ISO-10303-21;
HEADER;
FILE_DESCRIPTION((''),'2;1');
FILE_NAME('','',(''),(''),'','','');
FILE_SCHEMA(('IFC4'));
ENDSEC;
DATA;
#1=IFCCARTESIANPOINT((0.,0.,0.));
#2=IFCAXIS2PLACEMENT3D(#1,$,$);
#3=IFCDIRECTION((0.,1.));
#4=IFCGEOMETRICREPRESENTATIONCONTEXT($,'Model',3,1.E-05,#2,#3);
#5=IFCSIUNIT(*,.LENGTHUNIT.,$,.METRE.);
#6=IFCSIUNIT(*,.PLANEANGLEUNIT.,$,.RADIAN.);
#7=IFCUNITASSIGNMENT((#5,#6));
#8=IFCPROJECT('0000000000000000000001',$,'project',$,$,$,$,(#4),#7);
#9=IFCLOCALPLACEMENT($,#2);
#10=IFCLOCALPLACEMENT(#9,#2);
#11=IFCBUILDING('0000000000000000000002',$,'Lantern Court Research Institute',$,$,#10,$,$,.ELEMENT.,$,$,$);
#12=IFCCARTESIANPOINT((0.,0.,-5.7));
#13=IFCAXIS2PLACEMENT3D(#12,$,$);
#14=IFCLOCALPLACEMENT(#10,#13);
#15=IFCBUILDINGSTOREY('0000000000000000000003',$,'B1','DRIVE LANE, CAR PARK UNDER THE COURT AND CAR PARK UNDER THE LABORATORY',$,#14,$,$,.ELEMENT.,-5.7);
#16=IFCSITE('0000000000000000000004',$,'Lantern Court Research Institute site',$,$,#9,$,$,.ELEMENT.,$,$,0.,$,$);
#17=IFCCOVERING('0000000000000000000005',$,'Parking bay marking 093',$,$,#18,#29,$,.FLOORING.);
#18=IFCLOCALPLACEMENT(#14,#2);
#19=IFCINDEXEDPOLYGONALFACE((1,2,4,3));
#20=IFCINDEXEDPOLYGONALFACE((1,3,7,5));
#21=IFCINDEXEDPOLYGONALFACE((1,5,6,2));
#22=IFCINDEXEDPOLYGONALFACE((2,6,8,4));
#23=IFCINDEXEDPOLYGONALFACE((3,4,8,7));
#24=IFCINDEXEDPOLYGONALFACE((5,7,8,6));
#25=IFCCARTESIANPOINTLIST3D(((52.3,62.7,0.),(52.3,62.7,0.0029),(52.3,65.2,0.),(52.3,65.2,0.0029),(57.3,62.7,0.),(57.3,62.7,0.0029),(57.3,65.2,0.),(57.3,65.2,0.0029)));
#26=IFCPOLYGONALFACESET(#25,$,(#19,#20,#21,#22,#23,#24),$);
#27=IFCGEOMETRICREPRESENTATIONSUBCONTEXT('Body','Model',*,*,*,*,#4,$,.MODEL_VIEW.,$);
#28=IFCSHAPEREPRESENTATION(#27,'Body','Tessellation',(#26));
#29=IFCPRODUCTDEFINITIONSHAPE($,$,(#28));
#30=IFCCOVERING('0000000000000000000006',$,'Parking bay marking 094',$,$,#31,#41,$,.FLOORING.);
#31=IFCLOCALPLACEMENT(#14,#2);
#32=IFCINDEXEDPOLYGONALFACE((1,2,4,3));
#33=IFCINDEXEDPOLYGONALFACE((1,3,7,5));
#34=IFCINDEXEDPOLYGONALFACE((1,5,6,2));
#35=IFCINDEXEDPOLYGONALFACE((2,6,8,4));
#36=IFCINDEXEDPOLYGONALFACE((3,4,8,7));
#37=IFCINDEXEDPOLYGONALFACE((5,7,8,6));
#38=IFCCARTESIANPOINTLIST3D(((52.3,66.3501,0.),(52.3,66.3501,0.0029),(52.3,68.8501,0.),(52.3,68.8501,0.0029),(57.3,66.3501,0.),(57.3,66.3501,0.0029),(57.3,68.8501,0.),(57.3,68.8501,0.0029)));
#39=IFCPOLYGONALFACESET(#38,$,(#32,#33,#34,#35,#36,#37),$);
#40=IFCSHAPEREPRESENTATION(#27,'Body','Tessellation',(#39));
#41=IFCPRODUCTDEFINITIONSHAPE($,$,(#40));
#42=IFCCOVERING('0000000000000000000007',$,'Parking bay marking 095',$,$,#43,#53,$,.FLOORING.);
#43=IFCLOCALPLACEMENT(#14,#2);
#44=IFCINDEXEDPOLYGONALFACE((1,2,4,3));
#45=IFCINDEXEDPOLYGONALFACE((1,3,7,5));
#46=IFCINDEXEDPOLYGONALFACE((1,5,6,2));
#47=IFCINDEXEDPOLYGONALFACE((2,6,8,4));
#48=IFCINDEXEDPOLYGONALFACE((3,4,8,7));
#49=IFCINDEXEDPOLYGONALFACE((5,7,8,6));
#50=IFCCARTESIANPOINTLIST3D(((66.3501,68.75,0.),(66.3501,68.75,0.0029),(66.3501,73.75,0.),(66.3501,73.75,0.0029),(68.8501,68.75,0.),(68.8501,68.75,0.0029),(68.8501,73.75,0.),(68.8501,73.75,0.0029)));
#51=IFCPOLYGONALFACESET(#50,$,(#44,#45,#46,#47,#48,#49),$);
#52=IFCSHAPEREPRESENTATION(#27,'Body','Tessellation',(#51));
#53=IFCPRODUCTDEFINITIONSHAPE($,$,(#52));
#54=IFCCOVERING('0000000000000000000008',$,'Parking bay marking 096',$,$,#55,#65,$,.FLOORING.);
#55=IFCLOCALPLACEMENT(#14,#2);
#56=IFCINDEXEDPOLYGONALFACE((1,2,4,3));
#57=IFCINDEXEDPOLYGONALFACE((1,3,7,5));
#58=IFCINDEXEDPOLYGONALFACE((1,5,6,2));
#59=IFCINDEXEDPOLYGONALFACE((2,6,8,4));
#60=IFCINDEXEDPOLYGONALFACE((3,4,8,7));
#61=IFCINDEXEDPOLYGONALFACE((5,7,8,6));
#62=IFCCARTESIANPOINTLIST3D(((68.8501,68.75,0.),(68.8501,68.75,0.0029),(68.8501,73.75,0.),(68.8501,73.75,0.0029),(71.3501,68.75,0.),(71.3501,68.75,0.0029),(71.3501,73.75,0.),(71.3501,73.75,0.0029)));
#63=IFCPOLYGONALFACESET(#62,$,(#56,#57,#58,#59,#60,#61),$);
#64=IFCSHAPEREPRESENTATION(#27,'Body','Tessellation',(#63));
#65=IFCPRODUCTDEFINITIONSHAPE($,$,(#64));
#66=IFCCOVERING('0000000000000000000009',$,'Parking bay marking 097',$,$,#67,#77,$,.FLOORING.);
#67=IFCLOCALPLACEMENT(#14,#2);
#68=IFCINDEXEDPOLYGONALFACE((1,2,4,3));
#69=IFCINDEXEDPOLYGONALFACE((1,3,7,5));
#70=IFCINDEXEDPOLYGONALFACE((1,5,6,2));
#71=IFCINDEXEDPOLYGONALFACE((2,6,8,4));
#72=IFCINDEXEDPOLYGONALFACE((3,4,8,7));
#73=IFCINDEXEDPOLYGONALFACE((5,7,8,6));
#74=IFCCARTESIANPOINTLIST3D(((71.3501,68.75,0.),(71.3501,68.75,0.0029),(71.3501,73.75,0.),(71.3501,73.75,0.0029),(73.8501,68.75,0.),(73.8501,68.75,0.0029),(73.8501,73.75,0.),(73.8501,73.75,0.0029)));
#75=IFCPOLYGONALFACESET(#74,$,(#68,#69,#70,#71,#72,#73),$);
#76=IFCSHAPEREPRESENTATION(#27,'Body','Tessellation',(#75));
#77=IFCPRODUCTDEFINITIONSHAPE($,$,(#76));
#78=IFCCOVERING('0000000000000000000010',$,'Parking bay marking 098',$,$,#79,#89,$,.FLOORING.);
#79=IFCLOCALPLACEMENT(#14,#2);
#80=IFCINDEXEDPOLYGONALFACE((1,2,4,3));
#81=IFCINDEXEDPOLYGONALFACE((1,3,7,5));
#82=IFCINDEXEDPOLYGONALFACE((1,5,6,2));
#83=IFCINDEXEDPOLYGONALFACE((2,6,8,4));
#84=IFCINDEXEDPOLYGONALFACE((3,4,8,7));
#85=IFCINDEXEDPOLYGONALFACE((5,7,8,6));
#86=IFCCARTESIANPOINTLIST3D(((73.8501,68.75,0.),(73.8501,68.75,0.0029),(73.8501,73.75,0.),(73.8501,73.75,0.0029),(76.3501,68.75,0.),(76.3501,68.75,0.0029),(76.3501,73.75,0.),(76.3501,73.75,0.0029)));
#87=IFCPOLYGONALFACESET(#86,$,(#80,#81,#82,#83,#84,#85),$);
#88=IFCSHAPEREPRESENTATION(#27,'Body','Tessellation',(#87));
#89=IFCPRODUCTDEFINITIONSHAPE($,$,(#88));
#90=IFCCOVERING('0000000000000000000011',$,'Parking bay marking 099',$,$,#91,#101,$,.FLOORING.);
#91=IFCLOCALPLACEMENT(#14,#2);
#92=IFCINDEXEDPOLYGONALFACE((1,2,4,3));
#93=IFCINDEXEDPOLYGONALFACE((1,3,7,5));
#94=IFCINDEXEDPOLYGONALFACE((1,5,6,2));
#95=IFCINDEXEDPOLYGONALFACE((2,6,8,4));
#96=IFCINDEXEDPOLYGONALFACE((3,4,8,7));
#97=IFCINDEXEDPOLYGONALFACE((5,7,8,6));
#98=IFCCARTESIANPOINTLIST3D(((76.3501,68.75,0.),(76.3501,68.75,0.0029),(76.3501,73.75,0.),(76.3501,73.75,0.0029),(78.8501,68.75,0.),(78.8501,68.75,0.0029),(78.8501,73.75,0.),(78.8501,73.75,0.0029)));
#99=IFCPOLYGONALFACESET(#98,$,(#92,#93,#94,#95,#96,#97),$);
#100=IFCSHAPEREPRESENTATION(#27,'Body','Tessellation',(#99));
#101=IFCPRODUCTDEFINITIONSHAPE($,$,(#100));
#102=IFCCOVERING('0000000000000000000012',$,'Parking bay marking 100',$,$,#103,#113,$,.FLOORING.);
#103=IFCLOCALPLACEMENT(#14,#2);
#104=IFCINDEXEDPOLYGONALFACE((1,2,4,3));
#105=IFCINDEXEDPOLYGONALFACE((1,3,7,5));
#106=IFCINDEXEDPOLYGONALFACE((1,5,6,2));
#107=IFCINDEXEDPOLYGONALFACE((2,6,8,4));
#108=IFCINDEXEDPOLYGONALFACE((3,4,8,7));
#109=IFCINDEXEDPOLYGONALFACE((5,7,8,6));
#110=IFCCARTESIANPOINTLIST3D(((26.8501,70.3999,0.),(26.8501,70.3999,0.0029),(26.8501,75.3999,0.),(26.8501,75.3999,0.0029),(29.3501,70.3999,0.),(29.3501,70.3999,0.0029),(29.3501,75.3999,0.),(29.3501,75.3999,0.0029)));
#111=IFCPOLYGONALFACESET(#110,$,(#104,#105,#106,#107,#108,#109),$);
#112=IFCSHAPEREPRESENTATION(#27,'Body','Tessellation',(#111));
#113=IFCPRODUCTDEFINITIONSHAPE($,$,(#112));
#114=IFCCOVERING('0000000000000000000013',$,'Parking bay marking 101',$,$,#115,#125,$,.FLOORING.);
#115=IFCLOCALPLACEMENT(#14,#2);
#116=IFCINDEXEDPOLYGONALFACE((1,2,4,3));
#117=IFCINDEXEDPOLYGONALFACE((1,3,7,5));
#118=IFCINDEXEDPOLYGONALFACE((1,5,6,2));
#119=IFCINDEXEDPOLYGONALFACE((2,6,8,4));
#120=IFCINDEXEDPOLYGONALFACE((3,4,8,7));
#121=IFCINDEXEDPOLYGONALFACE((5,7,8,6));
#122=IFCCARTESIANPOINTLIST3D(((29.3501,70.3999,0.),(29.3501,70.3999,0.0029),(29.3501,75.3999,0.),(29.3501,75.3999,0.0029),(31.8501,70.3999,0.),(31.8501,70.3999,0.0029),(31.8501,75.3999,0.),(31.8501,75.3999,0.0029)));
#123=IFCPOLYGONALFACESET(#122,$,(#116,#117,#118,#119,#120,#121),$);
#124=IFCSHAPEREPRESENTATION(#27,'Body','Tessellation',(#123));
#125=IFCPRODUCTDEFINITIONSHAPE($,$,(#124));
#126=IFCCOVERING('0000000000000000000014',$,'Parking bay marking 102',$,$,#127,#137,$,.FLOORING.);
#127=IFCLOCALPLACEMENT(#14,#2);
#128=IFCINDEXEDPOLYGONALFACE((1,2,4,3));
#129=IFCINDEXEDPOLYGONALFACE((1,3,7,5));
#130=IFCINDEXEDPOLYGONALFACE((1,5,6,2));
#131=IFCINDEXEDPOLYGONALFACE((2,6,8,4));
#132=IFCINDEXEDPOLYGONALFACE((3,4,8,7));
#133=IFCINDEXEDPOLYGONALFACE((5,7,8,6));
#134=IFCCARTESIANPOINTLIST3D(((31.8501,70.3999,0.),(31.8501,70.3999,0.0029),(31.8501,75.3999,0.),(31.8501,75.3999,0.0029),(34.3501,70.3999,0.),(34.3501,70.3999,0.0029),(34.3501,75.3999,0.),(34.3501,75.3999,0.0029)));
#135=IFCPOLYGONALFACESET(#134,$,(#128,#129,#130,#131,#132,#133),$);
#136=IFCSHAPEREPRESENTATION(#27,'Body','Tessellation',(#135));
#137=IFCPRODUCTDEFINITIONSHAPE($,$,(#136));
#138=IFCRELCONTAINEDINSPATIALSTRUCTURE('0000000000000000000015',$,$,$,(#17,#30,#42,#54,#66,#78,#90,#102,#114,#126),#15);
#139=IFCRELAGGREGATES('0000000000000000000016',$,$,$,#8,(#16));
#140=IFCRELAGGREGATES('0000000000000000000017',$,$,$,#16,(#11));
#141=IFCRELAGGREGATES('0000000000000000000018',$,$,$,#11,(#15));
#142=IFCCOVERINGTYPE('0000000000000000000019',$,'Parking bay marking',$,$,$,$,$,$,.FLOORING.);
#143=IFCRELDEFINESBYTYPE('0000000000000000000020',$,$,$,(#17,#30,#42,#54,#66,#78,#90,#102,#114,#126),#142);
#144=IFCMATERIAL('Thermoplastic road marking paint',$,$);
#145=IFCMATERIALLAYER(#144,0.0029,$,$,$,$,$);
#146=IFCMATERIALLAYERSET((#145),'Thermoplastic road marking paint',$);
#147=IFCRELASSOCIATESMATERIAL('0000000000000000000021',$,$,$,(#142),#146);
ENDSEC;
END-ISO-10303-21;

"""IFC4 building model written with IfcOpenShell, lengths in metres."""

from ifc_helpers import new_model, si_unit, direction, frame, origin, place, context, subcontext, project, spatial, polyline, outline, extrude, material, layer, layer_set, type_object, element, save


model = new_model("IFC4")

# Units and contexts
model_context = context("Model", 3, precision=1e-05, world=origin(), true_north=direction((0.0, 1.0)))
body_context = subcontext(model_context, "Body", "Model", "MODEL_VIEW")
ifc_project = project(units=[si_unit("LENGTHUNIT", "METRE"), si_unit("PLANEANGLEUNIT", "RADIAN")], contexts=[model_context])

# Site, building, storey
site_placement = place(None, origin())
site = spatial("IfcSite", under=ifc_project, at=site_placement, Name="Lantern Court Research Institute site", CompositionType="ELEMENT", RefElevation=0.0)
building_placement = place(site_placement, origin())
building = spatial("IfcBuilding", under=site, at=building_placement, Name="Lantern Court Research Institute", CompositionType="ELEMENT")
storey_placement = place(building_placement, frame((0.0, 0.0, -5.7)))
storey = spatial("IfcBuildingStorey", under=building, at=storey_placement, Name="B1", Description="DRIVE LANE, CAR PARK UNDER THE COURT AND CAR PARK UNDER THE LABORATORY", CompositionType="ELEMENT", Elevation=-5.7)

# Coverings
ifc_material_1 = material(Name="Thermoplastic road marking paint")
ifc_layer_1 = layer(ifc_material_1, 0.0029)
ifc_layer_set_1 = layer_set([ifc_layer_1], Name="Thermoplastic road marking paint")
covering_type_1 = type_object("IfcCoveringType", Name="Parking bay marking", PredefinedType="FLOORING", material=ifc_layer_set_1)
covering_1_placement = place(storey_placement, origin())
element("IfcCovering", 1, at=covering_1_placement, inside=storey, type_object=covering_type_1, Name="Parking bay marking 093", PredefinedType="FLOORING", context=body_context, shape_type="SweptSolid", body=[
    extrude(outline(polyline([(52.3, 62.7), (57.3, 62.7), (57.3, 65.2), (52.3, 65.2), (52.3, 62.7)])), origin(), (0.0, 0.0, 1.0), 0.0029),
])
covering_2_placement = place(storey_placement, origin())
element("IfcCovering", 2, at=covering_2_placement, inside=storey, type_object=covering_type_1, Name="Parking bay marking 094", PredefinedType="FLOORING", context=body_context, shape_type="SweptSolid", body=[
    extrude(outline(polyline([(52.3, 66.3501), (57.3, 66.3501), (57.3, 68.8501), (52.3, 68.8501), (52.3, 66.3501)])), origin(), (0.0, 0.0, 1.0), 0.0029),
])
covering_3_placement = place(storey_placement, origin())
element("IfcCovering", 3, at=covering_3_placement, inside=storey, type_object=covering_type_1, Name="Parking bay marking 095", PredefinedType="FLOORING", context=body_context, shape_type="SweptSolid", body=[
    extrude(outline(polyline([(66.3501, 68.75), (68.8501, 68.75), (68.8501, 73.75), (66.3501, 73.75), (66.3501, 68.75)])), origin(), (0.0, 0.0, 1.0), 0.0029),
])
covering_4_placement = place(storey_placement, origin())
element("IfcCovering", 4, at=covering_4_placement, inside=storey, type_object=covering_type_1, Name="Parking bay marking 096", PredefinedType="FLOORING", context=body_context, shape_type="SweptSolid", body=[
    extrude(outline(polyline([(68.8501, 68.75), (71.3501, 68.75), (71.3501, 73.75), (68.8501, 73.75), (68.8501, 68.75)])), origin(), (0.0, 0.0, 1.0), 0.0029),
])
covering_5_placement = place(storey_placement, origin())
element("IfcCovering", 5, at=covering_5_placement, inside=storey, type_object=covering_type_1, Name="Parking bay marking 097", PredefinedType="FLOORING", context=body_context, shape_type="SweptSolid", body=[
    extrude(outline(polyline([(71.3501, 68.75), (73.8501, 68.75), (73.8501, 73.75), (71.3501, 73.75), (71.3501, 68.75)])), origin(), (0.0, 0.0, 1.0), 0.0029),
])
covering_6_placement = place(storey_placement, origin())
element("IfcCovering", 6, at=covering_6_placement, inside=storey, type_object=covering_type_1, Name="Parking bay marking 098", PredefinedType="FLOORING", context=body_context, shape_type="SweptSolid", body=[
    extrude(outline(polyline([(73.8501, 68.75), (76.3501, 68.75), (76.3501, 73.75), (73.8501, 73.75), (73.8501, 68.75)])), origin(), (0.0, 0.0, 1.0), 0.0029),
])
covering_7_placement = place(storey_placement, origin())
element("IfcCovering", 7, at=covering_7_placement, inside=storey, type_object=covering_type_1, Name="Parking bay marking 099", PredefinedType="FLOORING", context=body_context, shape_type="SweptSolid", body=[
    extrude(outline(polyline([(76.3501, 68.75), (78.8501, 68.75), (78.8501, 73.75), (76.3501, 73.75), (76.3501, 68.75)])), origin(), (0.0, 0.0, 1.0), 0.0029),
])
covering_8_placement = place(storey_placement, origin())
element("IfcCovering", 8, at=covering_8_placement, inside=storey, type_object=covering_type_1, Name="Parking bay marking 100", PredefinedType="FLOORING", context=body_context, shape_type="SweptSolid", body=[
    extrude(outline(polyline([(26.8501, 70.3999), (29.3501, 70.3999), (29.3501, 75.3999), (26.8501, 75.3999), (26.8501, 70.3999)])), origin(), (0.0, 0.0, 1.0), 0.0029),
])
covering_9_placement = place(storey_placement, origin())
element("IfcCovering", 9, at=covering_9_placement, inside=storey, type_object=covering_type_1, Name="Parking bay marking 101", PredefinedType="FLOORING", context=body_context, shape_type="SweptSolid", body=[
    extrude(outline(polyline([(29.3501, 70.3999), (31.8501, 70.3999), (31.8501, 75.3999), (29.3501, 75.3999), (29.3501, 70.3999)])), origin(), (0.0, 0.0, 1.0), 0.0029),
])
covering_10_placement = place(storey_placement, origin())
element("IfcCovering", 10, at=covering_10_placement, inside=storey, type_object=covering_type_1, Name="Parking bay marking 102", PredefinedType="FLOORING", context=body_context, shape_type="SweptSolid", body=[
    extrude(outline(polyline([(31.8501, 70.3999), (34.3501, 70.3999), (34.3501, 75.3999), (31.8501, 75.3999), (31.8501, 70.3999)])), origin(), (0.0, 0.0, 1.0), 0.0029),
])

save(model, "model.ifc")
